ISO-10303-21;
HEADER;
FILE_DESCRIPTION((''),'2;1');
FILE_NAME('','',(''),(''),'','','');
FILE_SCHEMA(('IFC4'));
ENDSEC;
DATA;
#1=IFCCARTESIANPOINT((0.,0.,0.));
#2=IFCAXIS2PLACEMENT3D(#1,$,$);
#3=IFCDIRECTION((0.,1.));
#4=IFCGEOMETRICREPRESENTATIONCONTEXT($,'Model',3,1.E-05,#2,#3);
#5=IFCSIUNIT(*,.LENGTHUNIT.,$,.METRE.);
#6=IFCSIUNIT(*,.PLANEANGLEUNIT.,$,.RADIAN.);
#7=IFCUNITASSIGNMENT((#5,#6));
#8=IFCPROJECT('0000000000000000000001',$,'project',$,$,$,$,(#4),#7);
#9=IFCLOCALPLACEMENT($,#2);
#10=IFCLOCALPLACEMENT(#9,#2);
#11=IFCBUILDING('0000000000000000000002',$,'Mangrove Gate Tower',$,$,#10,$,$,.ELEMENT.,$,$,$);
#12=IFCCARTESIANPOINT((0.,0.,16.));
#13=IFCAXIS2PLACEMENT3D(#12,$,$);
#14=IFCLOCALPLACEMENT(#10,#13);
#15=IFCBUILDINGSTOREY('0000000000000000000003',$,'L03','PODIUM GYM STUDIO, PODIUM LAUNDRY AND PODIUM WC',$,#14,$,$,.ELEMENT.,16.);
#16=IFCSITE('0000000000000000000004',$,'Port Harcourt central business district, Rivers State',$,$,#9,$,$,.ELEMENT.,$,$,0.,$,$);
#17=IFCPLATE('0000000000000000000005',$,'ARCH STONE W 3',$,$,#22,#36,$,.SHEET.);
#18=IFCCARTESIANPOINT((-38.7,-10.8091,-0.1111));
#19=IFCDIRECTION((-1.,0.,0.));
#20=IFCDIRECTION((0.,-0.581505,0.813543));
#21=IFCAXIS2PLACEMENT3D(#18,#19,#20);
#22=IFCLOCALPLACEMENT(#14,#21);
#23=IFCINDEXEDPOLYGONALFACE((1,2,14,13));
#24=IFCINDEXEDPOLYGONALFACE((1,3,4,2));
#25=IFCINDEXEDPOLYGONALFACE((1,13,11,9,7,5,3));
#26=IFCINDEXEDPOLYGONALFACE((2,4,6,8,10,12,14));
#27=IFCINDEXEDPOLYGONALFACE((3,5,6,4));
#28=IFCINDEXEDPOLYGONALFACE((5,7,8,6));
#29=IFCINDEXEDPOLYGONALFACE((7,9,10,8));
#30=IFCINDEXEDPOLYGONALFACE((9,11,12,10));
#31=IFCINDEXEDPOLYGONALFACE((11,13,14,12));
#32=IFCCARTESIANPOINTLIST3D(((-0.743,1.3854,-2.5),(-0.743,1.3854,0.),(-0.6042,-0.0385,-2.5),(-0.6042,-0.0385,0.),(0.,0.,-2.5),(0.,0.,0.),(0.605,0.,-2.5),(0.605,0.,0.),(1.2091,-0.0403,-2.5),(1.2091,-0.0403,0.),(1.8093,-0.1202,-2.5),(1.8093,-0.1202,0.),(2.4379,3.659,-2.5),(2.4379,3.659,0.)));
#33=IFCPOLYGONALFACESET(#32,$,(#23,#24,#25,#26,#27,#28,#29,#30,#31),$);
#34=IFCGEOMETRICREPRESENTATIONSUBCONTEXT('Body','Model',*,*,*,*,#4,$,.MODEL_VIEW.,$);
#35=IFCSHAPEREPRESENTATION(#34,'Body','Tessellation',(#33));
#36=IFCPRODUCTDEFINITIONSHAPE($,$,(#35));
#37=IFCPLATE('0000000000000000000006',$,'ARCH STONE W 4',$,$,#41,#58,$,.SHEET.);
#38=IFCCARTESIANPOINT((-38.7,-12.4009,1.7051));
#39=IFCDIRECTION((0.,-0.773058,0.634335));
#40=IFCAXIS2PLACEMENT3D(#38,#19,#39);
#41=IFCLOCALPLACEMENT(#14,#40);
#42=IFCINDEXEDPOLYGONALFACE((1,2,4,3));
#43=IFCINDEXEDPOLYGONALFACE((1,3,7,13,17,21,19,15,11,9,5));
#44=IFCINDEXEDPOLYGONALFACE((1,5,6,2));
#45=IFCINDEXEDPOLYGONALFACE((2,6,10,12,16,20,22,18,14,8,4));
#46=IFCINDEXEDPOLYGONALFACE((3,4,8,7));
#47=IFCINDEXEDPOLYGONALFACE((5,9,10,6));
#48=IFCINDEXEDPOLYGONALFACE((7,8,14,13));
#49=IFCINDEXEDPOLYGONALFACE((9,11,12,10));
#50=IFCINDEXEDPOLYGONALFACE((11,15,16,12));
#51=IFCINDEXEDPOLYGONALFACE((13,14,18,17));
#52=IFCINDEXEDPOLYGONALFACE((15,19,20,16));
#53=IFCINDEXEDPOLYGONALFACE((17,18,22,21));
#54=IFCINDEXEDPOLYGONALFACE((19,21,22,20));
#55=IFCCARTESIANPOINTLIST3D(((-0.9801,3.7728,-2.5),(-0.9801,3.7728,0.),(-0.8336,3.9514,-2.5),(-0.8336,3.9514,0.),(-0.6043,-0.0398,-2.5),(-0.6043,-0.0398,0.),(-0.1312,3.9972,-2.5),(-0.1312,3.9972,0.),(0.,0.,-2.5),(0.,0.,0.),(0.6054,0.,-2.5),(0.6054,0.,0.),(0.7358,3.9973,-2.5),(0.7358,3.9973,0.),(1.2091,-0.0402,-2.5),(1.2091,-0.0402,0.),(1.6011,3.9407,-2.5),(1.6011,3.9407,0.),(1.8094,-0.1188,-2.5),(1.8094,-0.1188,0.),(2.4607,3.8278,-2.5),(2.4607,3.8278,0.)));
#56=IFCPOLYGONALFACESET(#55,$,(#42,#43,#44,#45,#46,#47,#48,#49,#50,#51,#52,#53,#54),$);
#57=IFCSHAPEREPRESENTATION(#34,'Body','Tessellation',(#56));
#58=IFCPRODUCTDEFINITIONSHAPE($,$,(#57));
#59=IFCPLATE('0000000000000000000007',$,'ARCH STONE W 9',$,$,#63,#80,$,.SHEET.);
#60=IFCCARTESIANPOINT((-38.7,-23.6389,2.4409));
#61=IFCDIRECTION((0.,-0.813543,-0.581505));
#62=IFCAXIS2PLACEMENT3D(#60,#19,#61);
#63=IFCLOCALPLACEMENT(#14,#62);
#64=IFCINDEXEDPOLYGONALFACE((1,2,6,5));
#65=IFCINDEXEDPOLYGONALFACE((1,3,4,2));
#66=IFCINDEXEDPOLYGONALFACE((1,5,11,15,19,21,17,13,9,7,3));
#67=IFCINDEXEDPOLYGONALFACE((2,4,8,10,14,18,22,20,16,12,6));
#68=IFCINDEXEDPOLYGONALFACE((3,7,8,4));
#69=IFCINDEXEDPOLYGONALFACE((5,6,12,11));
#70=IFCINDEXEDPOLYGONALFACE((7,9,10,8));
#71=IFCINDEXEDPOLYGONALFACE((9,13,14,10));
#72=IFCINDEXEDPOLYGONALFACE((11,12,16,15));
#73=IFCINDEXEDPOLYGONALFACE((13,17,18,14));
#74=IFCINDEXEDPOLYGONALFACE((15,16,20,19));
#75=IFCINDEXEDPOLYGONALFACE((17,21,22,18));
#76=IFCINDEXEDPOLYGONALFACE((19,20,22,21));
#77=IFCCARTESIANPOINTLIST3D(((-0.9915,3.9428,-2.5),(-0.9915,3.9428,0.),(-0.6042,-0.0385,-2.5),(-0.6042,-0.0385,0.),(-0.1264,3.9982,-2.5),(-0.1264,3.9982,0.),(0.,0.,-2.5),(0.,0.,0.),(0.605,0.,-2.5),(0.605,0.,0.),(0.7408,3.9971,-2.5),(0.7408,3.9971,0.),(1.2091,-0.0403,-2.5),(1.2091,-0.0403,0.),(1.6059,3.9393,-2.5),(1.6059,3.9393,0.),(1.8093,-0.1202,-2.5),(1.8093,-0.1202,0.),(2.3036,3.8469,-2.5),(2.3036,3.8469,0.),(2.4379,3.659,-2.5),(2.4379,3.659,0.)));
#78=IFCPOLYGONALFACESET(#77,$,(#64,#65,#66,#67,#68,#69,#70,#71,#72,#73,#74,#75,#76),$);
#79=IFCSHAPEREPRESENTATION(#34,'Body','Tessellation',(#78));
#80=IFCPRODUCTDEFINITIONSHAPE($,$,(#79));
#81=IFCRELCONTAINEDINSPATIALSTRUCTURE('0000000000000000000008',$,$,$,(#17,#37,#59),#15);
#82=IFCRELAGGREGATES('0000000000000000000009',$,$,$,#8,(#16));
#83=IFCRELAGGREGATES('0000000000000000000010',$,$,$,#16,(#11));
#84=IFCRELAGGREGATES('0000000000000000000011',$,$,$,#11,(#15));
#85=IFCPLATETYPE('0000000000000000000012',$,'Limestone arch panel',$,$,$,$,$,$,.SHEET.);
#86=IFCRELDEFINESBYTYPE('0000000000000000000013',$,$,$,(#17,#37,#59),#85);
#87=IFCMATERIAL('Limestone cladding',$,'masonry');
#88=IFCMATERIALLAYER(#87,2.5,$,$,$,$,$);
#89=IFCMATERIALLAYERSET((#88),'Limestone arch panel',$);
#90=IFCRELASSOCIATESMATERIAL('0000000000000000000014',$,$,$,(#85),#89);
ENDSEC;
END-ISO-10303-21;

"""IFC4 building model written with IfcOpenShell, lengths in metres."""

from ifc_helpers import new_model, si_unit, direction, frame, origin, place, context, subcontext, project, spatial, polyline, outline, extrude, material, layer, layer_set, type_object, element, save


model = new_model("IFC4")

# Units and contexts
model_context = context("Model", 3, precision=1e-05, world=origin(), true_north=direction((0.0, 1.0)))
body_context = subcontext(model_context, "Body", "Model", "MODEL_VIEW")
ifc_project = project(units=[si_unit("LENGTHUNIT", "METRE"), si_unit("PLANEANGLEUNIT", "RADIAN")], contexts=[model_context])

# Site, building, storey
site_placement = place(None, origin())
site = spatial("IfcSite", under=ifc_project, at=site_placement, Name="Port Harcourt central business district, Rivers State", CompositionType="ELEMENT", RefElevation=0.0)
building_placement = place(site_placement, origin())
building = spatial("IfcBuilding", under=site, at=building_placement, Name="Mangrove Gate Tower", CompositionType="ELEMENT")
storey_placement = place(building_placement, frame((0.0, 0.0, 16.0)))
storey = spatial("IfcBuildingStorey", under=building, at=storey_placement, Name="L03", Description="PODIUM GYM STUDIO, PODIUM LAUNDRY AND PODIUM WC", CompositionType="ELEMENT", Elevation=16.0)

# Plates
ifc_material_1 = material(Name="Limestone cladding", Category="masonry")
ifc_layer_1 = layer(ifc_material_1, 2.5)
ifc_layer_set_1 = layer_set([ifc_layer_1], Name="Limestone arch panel")
plate_type_1 = type_object("IfcPlateType", Name="Limestone arch panel", PredefinedType="SHEET", material=ifc_layer_set_1)
plate_1_placement = place(storey_placement, frame((-38.7, -10.8091, -0.1111), z_axis=(-1.0, 0.0, 0.0), x_axis=(0.0, -0.581505, 0.813543)))
element("IfcPlate", 1, at=plate_1_placement, inside=storey, type_object=plate_type_1, Name="ARCH STONE W 3", PredefinedType="SHEET", context=body_context, shape_type="SweptSolid", body=[
    extrude(outline(polyline([(0.0, 0.0), (0.605, 0.0), (1.2091, -0.0403), (1.8093, -0.1202), (2.4379, 3.659), (-0.743, 1.3854), (-0.6042, -0.0385), (0.0, 0.0)])), origin(), (0.0, 0.0, -1.0), 2.5),
])
plate_2_placement = place(storey_placement, frame((-38.7, -12.4009, 1.7051), z_axis=(-1.0, 0.0, 0.0), x_axis=(0.0, -0.773058, 0.634335)))
element("IfcPlate", 2, at=plate_2_placement, inside=storey, type_object=plate_type_1, Name="ARCH STONE W 4", PredefinedType="SHEET", context=body_context, shape_type="SweptSolid", body=[
    extrude(outline(polyline([(0.0, 0.0), (0.6054, 0.0), (1.2091, -0.0402), (1.8094, -0.1188), (2.4607, 3.8278), (1.6011, 3.9407), (0.7358, 3.9973), (-0.1312, 3.9972), (-0.8336, 3.9514), (-0.9801, 3.7728), (-0.6043, -0.0398), (0.0, 0.0)])), origin(), (0.0, 0.0, -1.0), 2.5),
])
plate_3_placement = place(storey_placement, frame((-38.7, -23.6389, 2.4409), z_axis=(-1.0, 0.0, 0.0), x_axis=(0.0, -0.813543, -0.581505)))
element("IfcPlate", 3, at=plate_3_placement, inside=storey, type_object=plate_type_1, Name="ARCH STONE W 9", PredefinedType="SHEET", context=body_context, shape_type="SweptSolid", body=[
    extrude(outline(polyline([(0.0, 0.0), (0.605, 0.0), (1.2091, -0.0403), (1.8093, -0.1202), (2.4379, 3.659), (2.3036, 3.8469), (1.6059, 3.9393), (0.7408, 3.9971), (-0.1264, 3.9982), (-0.9915, 3.9428), (-0.6042, -0.0385), (0.0, 0.0)])), origin(), (0.0, 0.0, -1.0), 2.5),
])

save(model, "model.ifc")
